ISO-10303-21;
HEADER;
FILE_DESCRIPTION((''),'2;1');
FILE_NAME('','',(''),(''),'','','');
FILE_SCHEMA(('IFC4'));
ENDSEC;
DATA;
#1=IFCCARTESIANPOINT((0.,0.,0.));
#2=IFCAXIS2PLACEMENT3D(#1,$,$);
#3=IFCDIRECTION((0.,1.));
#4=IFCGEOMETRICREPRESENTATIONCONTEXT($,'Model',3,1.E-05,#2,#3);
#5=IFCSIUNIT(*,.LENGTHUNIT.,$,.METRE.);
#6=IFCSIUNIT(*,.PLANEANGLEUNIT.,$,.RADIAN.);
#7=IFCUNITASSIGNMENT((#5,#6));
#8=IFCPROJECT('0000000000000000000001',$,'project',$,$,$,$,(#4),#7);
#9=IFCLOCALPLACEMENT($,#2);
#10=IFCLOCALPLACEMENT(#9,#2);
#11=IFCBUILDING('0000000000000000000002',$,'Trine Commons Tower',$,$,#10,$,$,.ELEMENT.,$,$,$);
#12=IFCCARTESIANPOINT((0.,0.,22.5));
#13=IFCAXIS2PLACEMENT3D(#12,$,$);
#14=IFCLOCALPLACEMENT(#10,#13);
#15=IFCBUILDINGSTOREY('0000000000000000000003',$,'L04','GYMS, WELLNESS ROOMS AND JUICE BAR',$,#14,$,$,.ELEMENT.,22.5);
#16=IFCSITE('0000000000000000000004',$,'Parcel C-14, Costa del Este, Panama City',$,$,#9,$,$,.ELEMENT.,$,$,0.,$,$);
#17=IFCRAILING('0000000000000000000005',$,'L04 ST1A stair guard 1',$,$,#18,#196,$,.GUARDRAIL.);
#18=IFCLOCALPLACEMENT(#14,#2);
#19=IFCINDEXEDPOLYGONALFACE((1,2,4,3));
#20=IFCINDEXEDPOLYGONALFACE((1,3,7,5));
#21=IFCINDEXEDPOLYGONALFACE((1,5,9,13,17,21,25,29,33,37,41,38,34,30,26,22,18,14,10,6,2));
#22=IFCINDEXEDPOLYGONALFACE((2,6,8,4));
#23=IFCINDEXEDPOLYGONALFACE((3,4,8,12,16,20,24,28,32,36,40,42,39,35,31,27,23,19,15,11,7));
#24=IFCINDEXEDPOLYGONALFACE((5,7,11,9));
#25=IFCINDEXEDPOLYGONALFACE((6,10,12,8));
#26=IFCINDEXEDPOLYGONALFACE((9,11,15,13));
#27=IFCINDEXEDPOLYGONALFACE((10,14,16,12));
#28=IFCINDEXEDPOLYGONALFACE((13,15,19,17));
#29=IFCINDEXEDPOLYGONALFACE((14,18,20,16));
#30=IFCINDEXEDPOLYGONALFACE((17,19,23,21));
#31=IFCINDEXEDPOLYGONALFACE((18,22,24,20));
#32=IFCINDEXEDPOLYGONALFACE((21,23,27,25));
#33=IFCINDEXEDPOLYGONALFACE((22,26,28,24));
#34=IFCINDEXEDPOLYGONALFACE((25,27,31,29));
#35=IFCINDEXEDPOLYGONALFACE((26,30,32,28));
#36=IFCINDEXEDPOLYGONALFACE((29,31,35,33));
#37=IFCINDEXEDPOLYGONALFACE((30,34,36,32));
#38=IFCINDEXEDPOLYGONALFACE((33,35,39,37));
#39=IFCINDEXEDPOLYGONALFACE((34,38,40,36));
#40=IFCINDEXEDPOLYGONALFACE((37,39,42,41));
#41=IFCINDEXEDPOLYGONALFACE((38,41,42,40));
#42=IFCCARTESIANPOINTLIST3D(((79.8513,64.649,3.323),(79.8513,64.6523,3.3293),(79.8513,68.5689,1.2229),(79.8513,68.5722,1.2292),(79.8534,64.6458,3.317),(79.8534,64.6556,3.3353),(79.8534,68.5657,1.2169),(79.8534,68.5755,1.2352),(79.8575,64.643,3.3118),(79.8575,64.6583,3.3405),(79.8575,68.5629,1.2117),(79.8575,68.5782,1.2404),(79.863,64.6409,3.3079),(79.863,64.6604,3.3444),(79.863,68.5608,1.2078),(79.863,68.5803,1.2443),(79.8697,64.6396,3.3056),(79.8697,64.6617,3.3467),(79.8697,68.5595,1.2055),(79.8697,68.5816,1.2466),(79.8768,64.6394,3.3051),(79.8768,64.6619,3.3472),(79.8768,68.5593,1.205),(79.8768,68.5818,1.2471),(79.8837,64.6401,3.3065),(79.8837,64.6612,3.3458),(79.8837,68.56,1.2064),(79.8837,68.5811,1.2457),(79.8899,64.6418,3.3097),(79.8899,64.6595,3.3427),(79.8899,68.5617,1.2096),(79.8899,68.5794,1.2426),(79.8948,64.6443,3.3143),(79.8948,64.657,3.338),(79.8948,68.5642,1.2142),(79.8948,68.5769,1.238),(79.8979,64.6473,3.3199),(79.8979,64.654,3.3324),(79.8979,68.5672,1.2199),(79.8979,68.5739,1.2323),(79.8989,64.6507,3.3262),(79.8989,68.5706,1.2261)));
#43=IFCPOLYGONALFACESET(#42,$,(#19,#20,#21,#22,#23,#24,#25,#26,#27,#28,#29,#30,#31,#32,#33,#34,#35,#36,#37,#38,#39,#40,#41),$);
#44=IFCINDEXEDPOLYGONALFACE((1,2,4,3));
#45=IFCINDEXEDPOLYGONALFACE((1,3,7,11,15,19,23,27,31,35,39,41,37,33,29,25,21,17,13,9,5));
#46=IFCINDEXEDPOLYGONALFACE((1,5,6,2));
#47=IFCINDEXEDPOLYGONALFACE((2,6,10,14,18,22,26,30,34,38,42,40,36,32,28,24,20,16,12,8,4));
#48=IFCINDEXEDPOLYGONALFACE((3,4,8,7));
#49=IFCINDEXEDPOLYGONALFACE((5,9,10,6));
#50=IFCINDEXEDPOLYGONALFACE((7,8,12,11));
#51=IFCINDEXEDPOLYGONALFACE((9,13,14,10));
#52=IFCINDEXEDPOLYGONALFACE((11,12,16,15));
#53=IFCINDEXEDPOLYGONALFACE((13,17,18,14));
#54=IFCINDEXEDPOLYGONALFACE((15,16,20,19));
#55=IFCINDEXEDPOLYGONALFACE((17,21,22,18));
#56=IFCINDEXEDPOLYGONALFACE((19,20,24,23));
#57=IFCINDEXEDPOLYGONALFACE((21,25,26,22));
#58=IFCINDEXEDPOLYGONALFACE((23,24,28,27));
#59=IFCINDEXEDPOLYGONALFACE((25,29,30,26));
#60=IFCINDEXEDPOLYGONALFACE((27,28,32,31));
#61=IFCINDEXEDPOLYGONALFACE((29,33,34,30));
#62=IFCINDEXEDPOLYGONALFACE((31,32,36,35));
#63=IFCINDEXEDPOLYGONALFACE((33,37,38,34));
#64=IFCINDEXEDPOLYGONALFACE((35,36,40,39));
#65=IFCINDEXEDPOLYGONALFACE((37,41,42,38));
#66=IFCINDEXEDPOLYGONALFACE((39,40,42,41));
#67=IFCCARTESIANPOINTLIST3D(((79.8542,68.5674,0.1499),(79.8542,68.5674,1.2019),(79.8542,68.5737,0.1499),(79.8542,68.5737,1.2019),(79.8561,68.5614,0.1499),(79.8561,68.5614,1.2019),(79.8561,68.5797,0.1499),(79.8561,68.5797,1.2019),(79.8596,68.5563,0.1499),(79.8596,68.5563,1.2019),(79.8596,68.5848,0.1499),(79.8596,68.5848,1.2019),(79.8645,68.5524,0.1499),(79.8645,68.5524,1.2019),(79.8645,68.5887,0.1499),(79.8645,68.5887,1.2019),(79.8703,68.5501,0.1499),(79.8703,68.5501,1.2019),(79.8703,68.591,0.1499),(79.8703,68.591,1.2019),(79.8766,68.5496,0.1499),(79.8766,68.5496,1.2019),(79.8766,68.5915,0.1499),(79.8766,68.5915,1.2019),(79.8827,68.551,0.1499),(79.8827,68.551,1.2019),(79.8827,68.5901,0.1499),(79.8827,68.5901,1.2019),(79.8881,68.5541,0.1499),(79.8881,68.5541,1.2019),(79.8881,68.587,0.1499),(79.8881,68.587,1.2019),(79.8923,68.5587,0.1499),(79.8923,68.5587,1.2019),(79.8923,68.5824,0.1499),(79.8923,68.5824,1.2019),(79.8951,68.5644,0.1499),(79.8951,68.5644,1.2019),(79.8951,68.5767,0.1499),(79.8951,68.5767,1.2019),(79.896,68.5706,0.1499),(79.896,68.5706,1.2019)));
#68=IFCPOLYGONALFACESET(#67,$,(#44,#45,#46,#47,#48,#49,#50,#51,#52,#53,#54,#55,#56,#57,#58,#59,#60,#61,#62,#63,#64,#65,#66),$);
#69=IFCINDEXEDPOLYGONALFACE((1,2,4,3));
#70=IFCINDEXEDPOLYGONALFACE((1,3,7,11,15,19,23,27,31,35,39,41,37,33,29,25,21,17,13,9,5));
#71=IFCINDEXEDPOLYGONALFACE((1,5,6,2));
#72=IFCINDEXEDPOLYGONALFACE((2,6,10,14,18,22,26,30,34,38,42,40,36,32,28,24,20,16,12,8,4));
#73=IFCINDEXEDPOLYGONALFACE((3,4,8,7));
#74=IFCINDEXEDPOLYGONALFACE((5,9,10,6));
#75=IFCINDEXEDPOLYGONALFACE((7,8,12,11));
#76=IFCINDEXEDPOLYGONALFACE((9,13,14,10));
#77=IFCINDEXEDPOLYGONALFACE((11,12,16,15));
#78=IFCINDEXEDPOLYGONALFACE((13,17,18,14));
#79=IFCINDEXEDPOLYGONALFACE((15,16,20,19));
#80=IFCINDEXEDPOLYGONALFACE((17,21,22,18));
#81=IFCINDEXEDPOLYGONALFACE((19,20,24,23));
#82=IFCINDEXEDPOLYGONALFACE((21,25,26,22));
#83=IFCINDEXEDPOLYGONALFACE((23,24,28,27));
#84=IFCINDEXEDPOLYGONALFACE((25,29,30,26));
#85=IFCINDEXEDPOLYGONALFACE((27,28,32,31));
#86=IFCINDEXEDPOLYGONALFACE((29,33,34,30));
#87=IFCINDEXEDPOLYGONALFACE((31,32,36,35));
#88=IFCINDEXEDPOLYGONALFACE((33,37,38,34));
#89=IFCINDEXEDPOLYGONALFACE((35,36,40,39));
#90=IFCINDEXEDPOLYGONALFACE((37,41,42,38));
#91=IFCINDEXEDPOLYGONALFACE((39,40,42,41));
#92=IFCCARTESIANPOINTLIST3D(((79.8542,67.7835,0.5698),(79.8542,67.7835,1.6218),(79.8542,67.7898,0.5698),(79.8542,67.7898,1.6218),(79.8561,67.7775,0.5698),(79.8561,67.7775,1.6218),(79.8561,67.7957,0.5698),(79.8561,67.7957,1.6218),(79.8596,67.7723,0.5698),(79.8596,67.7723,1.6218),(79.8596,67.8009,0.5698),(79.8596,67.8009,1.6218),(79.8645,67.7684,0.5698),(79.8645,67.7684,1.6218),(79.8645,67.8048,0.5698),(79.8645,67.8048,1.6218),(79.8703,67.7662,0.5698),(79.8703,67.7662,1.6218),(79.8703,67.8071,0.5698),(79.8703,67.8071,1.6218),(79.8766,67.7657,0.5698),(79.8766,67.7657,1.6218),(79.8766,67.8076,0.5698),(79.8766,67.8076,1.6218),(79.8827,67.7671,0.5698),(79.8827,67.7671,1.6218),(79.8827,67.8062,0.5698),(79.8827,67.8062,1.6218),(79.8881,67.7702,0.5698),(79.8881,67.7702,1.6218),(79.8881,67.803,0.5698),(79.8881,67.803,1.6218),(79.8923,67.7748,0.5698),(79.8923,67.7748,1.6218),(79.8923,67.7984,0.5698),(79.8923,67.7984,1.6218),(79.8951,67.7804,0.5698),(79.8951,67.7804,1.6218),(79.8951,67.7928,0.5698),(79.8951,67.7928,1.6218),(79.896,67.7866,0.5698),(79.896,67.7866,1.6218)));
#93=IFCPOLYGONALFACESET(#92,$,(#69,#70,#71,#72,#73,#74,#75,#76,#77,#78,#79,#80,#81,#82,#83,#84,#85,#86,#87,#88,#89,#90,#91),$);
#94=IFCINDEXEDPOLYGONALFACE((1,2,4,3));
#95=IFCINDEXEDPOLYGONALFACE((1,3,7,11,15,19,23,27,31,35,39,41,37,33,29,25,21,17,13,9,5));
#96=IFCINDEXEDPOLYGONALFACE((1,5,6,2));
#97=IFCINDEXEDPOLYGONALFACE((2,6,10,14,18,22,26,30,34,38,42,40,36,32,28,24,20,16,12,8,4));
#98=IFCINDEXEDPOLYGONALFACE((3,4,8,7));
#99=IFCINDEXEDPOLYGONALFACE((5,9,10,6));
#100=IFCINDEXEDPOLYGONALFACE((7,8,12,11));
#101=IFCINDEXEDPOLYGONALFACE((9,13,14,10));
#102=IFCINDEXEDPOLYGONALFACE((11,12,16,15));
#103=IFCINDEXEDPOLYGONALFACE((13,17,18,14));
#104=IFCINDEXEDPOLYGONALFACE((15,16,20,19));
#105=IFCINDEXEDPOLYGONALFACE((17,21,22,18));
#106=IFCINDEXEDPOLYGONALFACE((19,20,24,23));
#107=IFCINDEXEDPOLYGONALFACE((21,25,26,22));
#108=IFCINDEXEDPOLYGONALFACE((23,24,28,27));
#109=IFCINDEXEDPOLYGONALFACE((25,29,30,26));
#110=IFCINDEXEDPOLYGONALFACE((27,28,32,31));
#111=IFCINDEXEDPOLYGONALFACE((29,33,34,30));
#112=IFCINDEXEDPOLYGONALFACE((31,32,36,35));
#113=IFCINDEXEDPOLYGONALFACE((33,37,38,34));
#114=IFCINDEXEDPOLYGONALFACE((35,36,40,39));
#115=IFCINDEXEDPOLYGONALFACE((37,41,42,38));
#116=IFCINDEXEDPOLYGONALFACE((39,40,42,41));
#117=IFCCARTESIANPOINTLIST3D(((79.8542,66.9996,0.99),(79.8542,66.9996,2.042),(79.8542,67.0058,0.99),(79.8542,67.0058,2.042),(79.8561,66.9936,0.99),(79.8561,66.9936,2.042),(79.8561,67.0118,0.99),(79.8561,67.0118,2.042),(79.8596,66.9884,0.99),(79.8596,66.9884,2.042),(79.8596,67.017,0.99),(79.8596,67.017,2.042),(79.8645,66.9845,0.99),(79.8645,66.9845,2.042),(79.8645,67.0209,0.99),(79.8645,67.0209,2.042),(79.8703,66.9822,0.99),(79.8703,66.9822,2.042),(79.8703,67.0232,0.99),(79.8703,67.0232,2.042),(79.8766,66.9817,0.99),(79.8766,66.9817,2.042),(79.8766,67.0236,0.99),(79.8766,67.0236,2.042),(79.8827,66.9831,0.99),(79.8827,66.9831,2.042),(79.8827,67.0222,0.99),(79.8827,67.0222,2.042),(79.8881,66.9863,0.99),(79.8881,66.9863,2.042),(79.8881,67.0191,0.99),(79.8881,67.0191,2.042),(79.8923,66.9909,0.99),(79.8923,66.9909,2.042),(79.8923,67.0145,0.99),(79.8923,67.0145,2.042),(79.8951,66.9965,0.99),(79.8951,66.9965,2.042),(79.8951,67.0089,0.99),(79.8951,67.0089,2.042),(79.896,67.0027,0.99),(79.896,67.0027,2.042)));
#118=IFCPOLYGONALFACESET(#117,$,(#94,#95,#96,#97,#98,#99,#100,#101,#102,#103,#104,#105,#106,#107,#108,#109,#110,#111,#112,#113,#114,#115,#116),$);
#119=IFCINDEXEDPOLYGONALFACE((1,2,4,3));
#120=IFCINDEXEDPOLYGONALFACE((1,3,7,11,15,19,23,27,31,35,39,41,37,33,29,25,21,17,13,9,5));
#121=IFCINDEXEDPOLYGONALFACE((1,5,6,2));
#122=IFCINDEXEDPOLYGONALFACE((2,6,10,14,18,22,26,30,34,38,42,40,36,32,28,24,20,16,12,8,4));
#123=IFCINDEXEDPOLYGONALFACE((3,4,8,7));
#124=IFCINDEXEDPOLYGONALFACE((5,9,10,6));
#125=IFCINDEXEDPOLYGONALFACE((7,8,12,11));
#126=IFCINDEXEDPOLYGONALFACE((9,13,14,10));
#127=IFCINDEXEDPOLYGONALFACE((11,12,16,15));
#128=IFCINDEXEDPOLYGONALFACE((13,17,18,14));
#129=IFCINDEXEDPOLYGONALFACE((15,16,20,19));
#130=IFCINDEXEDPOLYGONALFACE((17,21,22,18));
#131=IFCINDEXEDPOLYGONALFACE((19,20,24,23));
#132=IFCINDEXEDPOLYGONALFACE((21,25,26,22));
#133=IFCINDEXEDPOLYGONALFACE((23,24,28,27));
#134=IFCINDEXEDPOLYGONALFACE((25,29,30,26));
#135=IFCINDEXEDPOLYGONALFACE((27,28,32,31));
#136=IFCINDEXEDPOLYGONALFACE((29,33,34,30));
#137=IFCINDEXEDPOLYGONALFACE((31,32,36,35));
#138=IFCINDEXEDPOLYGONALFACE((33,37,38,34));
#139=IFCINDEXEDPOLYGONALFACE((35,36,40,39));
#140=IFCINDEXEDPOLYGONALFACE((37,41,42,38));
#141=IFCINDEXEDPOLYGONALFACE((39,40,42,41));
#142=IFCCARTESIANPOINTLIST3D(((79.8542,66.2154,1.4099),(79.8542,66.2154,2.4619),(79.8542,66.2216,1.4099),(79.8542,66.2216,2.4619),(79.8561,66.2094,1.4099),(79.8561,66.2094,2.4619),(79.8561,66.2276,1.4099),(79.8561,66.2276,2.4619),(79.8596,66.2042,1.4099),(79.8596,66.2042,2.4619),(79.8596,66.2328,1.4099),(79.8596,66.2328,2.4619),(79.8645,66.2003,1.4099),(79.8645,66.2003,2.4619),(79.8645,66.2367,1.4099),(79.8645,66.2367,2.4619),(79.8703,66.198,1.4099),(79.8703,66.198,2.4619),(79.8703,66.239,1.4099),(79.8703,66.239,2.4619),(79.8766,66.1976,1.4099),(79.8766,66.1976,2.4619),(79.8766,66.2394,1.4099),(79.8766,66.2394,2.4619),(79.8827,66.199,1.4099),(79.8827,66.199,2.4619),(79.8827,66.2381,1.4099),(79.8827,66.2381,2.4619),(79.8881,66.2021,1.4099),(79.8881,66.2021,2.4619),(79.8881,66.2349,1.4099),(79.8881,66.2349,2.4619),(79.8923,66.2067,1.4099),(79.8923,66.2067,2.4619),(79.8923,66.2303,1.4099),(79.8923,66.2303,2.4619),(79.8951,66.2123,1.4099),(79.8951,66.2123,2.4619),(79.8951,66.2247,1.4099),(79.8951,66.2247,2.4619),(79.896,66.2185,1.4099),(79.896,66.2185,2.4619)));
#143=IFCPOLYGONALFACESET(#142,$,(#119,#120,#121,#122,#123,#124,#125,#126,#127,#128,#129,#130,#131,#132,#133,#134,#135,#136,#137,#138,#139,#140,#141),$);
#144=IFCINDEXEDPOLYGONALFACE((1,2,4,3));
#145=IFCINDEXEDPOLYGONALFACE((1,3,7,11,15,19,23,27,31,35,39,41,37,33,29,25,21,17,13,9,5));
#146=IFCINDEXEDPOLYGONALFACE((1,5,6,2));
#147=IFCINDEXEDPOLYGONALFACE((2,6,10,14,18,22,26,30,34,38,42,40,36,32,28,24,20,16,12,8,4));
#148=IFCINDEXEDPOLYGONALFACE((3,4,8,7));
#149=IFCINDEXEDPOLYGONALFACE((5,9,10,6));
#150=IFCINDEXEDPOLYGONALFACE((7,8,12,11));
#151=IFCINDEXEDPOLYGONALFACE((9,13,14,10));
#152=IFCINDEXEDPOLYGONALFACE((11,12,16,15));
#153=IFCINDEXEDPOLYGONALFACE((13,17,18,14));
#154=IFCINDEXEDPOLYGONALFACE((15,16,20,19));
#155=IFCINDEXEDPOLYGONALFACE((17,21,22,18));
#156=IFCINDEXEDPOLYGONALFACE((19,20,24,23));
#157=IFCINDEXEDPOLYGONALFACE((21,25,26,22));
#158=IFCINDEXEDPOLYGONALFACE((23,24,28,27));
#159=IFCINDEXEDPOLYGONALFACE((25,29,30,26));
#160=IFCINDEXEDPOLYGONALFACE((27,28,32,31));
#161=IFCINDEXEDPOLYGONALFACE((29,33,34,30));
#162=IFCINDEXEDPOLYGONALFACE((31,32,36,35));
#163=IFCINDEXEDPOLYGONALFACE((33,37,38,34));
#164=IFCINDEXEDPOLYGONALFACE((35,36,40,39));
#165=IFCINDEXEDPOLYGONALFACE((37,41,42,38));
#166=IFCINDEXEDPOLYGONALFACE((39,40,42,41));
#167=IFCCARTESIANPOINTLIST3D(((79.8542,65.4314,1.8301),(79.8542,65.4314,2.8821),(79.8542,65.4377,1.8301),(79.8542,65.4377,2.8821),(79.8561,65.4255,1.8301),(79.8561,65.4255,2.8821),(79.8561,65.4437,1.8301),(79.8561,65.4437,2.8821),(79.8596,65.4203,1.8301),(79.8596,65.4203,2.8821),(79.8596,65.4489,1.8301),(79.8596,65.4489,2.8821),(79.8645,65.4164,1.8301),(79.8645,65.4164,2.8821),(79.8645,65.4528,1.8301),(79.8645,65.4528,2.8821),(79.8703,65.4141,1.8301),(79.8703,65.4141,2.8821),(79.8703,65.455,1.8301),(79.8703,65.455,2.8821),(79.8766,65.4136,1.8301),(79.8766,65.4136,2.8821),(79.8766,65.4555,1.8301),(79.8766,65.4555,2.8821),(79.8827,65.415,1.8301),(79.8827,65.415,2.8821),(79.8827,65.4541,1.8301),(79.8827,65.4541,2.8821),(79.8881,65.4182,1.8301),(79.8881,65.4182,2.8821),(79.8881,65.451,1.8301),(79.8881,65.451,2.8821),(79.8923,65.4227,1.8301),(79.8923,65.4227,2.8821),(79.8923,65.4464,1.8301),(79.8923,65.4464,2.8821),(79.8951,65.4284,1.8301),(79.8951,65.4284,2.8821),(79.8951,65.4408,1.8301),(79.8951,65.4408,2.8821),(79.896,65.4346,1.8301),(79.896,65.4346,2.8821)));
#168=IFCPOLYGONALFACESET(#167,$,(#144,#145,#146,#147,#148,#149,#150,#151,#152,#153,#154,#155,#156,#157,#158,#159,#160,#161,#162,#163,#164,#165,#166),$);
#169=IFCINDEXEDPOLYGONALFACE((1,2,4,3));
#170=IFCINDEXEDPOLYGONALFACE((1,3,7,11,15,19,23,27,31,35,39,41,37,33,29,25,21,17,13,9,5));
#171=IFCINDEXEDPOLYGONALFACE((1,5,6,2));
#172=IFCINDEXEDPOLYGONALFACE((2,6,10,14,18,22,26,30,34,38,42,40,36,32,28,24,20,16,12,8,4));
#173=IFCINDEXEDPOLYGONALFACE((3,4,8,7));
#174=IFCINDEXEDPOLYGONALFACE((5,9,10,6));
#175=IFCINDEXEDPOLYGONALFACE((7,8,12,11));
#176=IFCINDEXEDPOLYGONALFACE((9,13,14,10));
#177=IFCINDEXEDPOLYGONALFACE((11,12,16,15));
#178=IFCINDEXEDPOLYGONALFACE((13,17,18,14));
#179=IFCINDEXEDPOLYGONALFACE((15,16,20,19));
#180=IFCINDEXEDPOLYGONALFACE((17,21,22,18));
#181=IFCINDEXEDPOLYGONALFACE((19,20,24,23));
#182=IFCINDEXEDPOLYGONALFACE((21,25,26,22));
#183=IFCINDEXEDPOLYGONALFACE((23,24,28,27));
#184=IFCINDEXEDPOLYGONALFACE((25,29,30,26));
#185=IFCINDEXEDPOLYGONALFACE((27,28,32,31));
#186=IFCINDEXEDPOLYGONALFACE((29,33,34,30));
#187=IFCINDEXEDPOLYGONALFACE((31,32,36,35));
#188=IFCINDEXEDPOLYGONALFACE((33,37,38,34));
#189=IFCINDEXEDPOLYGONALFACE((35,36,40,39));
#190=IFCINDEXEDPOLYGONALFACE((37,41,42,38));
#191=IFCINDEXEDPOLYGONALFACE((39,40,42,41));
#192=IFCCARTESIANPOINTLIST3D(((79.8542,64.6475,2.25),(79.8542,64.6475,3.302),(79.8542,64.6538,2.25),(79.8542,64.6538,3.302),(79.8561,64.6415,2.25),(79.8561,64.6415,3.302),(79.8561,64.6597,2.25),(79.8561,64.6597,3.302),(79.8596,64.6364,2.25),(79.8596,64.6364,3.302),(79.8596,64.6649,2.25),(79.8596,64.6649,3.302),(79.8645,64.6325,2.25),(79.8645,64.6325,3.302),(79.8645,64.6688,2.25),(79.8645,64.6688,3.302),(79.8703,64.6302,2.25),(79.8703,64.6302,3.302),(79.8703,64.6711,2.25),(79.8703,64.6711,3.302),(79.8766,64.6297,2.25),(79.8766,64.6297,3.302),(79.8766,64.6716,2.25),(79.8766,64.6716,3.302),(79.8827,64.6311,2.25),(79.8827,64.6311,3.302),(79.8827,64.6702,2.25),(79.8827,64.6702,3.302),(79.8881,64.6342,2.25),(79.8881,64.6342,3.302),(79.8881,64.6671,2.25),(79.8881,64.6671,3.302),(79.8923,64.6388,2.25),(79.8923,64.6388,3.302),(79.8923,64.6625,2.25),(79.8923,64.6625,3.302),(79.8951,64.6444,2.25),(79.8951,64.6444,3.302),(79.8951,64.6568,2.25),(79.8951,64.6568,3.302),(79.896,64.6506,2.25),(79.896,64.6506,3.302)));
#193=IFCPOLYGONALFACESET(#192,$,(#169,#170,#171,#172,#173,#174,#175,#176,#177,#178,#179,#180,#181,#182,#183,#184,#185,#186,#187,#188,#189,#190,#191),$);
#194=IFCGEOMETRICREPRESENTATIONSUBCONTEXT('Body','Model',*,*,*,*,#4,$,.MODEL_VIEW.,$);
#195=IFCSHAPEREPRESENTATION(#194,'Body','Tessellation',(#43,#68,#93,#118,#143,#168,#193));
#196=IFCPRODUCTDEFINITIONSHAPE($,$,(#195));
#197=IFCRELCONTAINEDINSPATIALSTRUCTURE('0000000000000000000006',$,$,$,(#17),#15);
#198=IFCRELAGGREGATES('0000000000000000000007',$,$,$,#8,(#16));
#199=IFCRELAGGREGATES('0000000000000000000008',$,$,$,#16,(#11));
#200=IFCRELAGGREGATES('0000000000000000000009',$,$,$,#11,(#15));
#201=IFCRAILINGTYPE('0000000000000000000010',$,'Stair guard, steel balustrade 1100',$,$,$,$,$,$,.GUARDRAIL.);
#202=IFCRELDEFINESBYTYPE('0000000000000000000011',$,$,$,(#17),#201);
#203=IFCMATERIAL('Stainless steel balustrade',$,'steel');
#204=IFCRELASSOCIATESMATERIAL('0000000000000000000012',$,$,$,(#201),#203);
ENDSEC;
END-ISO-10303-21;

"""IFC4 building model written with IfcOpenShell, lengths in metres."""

from ifc_helpers import new_model, si_unit, direction, frame, origin, origin_2d, place, context, subcontext, project, spatial, circle, extrude, material, type_object, element, save


model = new_model("IFC4")

# Units and contexts
model_context = context("Model", 3, precision=1e-05, world=origin(), true_north=direction((0.0, 1.0)))
body_context = subcontext(model_context, "Body", "Model", "MODEL_VIEW")
ifc_project = project(units=[si_unit("LENGTHUNIT", "METRE"), si_unit("PLANEANGLEUNIT", "RADIAN")], contexts=[model_context])

# Site, building, storey
site_placement = place(None, origin())
site = spatial("IfcSite", under=ifc_project, at=site_placement, Name="Parcel C-14, Costa del Este, Panama City", CompositionType="ELEMENT", RefElevation=0.0)
building_placement = place(site_placement, origin())
building = spatial("IfcBuilding", under=site, at=building_placement, Name="Trine Commons Tower", CompositionType="ELEMENT")
storey_placement = place(building_placement, frame((0.0, 0.0, 22.5)))
storey = spatial("IfcBuildingStorey", under=building, at=storey_placement, Name="L04", Description="GYMS, WELLNESS ROOMS AND JUICE BAR", CompositionType="ELEMENT", Elevation=22.5)

# Railing
ifc_material_1 = material(Name="Stainless steel balustrade", Category="steel")
railing_type_1 = type_object("IfcRailingType", Name="Stair guard, steel balustrade 1100", PredefinedType="GUARDRAIL", material=ifc_material_1)
railing_1_placement = place(storey_placement, frame((79.875, 68.5706, 0.1499)))
element("IfcRailing", 1, at=railing_1_placement, inside=storey, type_object=railing_type_1, Name="L04 ST1A stair guard 1", PredefinedType="GUARDRAIL", context=body_context, shape_type="SweptSolid", body=[
    extrude(circle(Radius=0.0239, at=origin_2d()), frame((0.0, 0.0, 1.0762), z_axis=(0.0, -0.881467, 0.472246), x_axis=(1.0, 0.0, 0.0)), (0.0, 0.0, 1.0), 4.447),
    extrude(circle(Radius=0.021, at=origin_2d()), origin(), (0.0, 0.0, 1.0), 1.052),
    extrude(circle(Radius=0.021, at=origin_2d()), frame((0.0, -0.7839, 0.4199)), (0.0, 0.0, 1.0), 1.052),
    extrude(circle(Radius=0.021, at=origin_2d()), frame((0.0, -1.5679, 0.8401)), (0.0, 0.0, 1.0), 1.052),
    extrude(circle(Radius=0.021, at=origin_2d()), frame((0.0, -2.3521, 1.26)), (0.0, 0.0, 1.0), 1.052),
    extrude(circle(Radius=0.021, at=origin_2d()), frame((0.0, -3.136, 1.6802)), (0.0, 0.0, 1.0), 1.052),
    extrude(circle(Radius=0.021, at=origin_2d()), frame((0.0, -3.9199, 2.1001)), (0.0, 0.0, 1.0), 1.052),
])

save(model, "model.ifc")
